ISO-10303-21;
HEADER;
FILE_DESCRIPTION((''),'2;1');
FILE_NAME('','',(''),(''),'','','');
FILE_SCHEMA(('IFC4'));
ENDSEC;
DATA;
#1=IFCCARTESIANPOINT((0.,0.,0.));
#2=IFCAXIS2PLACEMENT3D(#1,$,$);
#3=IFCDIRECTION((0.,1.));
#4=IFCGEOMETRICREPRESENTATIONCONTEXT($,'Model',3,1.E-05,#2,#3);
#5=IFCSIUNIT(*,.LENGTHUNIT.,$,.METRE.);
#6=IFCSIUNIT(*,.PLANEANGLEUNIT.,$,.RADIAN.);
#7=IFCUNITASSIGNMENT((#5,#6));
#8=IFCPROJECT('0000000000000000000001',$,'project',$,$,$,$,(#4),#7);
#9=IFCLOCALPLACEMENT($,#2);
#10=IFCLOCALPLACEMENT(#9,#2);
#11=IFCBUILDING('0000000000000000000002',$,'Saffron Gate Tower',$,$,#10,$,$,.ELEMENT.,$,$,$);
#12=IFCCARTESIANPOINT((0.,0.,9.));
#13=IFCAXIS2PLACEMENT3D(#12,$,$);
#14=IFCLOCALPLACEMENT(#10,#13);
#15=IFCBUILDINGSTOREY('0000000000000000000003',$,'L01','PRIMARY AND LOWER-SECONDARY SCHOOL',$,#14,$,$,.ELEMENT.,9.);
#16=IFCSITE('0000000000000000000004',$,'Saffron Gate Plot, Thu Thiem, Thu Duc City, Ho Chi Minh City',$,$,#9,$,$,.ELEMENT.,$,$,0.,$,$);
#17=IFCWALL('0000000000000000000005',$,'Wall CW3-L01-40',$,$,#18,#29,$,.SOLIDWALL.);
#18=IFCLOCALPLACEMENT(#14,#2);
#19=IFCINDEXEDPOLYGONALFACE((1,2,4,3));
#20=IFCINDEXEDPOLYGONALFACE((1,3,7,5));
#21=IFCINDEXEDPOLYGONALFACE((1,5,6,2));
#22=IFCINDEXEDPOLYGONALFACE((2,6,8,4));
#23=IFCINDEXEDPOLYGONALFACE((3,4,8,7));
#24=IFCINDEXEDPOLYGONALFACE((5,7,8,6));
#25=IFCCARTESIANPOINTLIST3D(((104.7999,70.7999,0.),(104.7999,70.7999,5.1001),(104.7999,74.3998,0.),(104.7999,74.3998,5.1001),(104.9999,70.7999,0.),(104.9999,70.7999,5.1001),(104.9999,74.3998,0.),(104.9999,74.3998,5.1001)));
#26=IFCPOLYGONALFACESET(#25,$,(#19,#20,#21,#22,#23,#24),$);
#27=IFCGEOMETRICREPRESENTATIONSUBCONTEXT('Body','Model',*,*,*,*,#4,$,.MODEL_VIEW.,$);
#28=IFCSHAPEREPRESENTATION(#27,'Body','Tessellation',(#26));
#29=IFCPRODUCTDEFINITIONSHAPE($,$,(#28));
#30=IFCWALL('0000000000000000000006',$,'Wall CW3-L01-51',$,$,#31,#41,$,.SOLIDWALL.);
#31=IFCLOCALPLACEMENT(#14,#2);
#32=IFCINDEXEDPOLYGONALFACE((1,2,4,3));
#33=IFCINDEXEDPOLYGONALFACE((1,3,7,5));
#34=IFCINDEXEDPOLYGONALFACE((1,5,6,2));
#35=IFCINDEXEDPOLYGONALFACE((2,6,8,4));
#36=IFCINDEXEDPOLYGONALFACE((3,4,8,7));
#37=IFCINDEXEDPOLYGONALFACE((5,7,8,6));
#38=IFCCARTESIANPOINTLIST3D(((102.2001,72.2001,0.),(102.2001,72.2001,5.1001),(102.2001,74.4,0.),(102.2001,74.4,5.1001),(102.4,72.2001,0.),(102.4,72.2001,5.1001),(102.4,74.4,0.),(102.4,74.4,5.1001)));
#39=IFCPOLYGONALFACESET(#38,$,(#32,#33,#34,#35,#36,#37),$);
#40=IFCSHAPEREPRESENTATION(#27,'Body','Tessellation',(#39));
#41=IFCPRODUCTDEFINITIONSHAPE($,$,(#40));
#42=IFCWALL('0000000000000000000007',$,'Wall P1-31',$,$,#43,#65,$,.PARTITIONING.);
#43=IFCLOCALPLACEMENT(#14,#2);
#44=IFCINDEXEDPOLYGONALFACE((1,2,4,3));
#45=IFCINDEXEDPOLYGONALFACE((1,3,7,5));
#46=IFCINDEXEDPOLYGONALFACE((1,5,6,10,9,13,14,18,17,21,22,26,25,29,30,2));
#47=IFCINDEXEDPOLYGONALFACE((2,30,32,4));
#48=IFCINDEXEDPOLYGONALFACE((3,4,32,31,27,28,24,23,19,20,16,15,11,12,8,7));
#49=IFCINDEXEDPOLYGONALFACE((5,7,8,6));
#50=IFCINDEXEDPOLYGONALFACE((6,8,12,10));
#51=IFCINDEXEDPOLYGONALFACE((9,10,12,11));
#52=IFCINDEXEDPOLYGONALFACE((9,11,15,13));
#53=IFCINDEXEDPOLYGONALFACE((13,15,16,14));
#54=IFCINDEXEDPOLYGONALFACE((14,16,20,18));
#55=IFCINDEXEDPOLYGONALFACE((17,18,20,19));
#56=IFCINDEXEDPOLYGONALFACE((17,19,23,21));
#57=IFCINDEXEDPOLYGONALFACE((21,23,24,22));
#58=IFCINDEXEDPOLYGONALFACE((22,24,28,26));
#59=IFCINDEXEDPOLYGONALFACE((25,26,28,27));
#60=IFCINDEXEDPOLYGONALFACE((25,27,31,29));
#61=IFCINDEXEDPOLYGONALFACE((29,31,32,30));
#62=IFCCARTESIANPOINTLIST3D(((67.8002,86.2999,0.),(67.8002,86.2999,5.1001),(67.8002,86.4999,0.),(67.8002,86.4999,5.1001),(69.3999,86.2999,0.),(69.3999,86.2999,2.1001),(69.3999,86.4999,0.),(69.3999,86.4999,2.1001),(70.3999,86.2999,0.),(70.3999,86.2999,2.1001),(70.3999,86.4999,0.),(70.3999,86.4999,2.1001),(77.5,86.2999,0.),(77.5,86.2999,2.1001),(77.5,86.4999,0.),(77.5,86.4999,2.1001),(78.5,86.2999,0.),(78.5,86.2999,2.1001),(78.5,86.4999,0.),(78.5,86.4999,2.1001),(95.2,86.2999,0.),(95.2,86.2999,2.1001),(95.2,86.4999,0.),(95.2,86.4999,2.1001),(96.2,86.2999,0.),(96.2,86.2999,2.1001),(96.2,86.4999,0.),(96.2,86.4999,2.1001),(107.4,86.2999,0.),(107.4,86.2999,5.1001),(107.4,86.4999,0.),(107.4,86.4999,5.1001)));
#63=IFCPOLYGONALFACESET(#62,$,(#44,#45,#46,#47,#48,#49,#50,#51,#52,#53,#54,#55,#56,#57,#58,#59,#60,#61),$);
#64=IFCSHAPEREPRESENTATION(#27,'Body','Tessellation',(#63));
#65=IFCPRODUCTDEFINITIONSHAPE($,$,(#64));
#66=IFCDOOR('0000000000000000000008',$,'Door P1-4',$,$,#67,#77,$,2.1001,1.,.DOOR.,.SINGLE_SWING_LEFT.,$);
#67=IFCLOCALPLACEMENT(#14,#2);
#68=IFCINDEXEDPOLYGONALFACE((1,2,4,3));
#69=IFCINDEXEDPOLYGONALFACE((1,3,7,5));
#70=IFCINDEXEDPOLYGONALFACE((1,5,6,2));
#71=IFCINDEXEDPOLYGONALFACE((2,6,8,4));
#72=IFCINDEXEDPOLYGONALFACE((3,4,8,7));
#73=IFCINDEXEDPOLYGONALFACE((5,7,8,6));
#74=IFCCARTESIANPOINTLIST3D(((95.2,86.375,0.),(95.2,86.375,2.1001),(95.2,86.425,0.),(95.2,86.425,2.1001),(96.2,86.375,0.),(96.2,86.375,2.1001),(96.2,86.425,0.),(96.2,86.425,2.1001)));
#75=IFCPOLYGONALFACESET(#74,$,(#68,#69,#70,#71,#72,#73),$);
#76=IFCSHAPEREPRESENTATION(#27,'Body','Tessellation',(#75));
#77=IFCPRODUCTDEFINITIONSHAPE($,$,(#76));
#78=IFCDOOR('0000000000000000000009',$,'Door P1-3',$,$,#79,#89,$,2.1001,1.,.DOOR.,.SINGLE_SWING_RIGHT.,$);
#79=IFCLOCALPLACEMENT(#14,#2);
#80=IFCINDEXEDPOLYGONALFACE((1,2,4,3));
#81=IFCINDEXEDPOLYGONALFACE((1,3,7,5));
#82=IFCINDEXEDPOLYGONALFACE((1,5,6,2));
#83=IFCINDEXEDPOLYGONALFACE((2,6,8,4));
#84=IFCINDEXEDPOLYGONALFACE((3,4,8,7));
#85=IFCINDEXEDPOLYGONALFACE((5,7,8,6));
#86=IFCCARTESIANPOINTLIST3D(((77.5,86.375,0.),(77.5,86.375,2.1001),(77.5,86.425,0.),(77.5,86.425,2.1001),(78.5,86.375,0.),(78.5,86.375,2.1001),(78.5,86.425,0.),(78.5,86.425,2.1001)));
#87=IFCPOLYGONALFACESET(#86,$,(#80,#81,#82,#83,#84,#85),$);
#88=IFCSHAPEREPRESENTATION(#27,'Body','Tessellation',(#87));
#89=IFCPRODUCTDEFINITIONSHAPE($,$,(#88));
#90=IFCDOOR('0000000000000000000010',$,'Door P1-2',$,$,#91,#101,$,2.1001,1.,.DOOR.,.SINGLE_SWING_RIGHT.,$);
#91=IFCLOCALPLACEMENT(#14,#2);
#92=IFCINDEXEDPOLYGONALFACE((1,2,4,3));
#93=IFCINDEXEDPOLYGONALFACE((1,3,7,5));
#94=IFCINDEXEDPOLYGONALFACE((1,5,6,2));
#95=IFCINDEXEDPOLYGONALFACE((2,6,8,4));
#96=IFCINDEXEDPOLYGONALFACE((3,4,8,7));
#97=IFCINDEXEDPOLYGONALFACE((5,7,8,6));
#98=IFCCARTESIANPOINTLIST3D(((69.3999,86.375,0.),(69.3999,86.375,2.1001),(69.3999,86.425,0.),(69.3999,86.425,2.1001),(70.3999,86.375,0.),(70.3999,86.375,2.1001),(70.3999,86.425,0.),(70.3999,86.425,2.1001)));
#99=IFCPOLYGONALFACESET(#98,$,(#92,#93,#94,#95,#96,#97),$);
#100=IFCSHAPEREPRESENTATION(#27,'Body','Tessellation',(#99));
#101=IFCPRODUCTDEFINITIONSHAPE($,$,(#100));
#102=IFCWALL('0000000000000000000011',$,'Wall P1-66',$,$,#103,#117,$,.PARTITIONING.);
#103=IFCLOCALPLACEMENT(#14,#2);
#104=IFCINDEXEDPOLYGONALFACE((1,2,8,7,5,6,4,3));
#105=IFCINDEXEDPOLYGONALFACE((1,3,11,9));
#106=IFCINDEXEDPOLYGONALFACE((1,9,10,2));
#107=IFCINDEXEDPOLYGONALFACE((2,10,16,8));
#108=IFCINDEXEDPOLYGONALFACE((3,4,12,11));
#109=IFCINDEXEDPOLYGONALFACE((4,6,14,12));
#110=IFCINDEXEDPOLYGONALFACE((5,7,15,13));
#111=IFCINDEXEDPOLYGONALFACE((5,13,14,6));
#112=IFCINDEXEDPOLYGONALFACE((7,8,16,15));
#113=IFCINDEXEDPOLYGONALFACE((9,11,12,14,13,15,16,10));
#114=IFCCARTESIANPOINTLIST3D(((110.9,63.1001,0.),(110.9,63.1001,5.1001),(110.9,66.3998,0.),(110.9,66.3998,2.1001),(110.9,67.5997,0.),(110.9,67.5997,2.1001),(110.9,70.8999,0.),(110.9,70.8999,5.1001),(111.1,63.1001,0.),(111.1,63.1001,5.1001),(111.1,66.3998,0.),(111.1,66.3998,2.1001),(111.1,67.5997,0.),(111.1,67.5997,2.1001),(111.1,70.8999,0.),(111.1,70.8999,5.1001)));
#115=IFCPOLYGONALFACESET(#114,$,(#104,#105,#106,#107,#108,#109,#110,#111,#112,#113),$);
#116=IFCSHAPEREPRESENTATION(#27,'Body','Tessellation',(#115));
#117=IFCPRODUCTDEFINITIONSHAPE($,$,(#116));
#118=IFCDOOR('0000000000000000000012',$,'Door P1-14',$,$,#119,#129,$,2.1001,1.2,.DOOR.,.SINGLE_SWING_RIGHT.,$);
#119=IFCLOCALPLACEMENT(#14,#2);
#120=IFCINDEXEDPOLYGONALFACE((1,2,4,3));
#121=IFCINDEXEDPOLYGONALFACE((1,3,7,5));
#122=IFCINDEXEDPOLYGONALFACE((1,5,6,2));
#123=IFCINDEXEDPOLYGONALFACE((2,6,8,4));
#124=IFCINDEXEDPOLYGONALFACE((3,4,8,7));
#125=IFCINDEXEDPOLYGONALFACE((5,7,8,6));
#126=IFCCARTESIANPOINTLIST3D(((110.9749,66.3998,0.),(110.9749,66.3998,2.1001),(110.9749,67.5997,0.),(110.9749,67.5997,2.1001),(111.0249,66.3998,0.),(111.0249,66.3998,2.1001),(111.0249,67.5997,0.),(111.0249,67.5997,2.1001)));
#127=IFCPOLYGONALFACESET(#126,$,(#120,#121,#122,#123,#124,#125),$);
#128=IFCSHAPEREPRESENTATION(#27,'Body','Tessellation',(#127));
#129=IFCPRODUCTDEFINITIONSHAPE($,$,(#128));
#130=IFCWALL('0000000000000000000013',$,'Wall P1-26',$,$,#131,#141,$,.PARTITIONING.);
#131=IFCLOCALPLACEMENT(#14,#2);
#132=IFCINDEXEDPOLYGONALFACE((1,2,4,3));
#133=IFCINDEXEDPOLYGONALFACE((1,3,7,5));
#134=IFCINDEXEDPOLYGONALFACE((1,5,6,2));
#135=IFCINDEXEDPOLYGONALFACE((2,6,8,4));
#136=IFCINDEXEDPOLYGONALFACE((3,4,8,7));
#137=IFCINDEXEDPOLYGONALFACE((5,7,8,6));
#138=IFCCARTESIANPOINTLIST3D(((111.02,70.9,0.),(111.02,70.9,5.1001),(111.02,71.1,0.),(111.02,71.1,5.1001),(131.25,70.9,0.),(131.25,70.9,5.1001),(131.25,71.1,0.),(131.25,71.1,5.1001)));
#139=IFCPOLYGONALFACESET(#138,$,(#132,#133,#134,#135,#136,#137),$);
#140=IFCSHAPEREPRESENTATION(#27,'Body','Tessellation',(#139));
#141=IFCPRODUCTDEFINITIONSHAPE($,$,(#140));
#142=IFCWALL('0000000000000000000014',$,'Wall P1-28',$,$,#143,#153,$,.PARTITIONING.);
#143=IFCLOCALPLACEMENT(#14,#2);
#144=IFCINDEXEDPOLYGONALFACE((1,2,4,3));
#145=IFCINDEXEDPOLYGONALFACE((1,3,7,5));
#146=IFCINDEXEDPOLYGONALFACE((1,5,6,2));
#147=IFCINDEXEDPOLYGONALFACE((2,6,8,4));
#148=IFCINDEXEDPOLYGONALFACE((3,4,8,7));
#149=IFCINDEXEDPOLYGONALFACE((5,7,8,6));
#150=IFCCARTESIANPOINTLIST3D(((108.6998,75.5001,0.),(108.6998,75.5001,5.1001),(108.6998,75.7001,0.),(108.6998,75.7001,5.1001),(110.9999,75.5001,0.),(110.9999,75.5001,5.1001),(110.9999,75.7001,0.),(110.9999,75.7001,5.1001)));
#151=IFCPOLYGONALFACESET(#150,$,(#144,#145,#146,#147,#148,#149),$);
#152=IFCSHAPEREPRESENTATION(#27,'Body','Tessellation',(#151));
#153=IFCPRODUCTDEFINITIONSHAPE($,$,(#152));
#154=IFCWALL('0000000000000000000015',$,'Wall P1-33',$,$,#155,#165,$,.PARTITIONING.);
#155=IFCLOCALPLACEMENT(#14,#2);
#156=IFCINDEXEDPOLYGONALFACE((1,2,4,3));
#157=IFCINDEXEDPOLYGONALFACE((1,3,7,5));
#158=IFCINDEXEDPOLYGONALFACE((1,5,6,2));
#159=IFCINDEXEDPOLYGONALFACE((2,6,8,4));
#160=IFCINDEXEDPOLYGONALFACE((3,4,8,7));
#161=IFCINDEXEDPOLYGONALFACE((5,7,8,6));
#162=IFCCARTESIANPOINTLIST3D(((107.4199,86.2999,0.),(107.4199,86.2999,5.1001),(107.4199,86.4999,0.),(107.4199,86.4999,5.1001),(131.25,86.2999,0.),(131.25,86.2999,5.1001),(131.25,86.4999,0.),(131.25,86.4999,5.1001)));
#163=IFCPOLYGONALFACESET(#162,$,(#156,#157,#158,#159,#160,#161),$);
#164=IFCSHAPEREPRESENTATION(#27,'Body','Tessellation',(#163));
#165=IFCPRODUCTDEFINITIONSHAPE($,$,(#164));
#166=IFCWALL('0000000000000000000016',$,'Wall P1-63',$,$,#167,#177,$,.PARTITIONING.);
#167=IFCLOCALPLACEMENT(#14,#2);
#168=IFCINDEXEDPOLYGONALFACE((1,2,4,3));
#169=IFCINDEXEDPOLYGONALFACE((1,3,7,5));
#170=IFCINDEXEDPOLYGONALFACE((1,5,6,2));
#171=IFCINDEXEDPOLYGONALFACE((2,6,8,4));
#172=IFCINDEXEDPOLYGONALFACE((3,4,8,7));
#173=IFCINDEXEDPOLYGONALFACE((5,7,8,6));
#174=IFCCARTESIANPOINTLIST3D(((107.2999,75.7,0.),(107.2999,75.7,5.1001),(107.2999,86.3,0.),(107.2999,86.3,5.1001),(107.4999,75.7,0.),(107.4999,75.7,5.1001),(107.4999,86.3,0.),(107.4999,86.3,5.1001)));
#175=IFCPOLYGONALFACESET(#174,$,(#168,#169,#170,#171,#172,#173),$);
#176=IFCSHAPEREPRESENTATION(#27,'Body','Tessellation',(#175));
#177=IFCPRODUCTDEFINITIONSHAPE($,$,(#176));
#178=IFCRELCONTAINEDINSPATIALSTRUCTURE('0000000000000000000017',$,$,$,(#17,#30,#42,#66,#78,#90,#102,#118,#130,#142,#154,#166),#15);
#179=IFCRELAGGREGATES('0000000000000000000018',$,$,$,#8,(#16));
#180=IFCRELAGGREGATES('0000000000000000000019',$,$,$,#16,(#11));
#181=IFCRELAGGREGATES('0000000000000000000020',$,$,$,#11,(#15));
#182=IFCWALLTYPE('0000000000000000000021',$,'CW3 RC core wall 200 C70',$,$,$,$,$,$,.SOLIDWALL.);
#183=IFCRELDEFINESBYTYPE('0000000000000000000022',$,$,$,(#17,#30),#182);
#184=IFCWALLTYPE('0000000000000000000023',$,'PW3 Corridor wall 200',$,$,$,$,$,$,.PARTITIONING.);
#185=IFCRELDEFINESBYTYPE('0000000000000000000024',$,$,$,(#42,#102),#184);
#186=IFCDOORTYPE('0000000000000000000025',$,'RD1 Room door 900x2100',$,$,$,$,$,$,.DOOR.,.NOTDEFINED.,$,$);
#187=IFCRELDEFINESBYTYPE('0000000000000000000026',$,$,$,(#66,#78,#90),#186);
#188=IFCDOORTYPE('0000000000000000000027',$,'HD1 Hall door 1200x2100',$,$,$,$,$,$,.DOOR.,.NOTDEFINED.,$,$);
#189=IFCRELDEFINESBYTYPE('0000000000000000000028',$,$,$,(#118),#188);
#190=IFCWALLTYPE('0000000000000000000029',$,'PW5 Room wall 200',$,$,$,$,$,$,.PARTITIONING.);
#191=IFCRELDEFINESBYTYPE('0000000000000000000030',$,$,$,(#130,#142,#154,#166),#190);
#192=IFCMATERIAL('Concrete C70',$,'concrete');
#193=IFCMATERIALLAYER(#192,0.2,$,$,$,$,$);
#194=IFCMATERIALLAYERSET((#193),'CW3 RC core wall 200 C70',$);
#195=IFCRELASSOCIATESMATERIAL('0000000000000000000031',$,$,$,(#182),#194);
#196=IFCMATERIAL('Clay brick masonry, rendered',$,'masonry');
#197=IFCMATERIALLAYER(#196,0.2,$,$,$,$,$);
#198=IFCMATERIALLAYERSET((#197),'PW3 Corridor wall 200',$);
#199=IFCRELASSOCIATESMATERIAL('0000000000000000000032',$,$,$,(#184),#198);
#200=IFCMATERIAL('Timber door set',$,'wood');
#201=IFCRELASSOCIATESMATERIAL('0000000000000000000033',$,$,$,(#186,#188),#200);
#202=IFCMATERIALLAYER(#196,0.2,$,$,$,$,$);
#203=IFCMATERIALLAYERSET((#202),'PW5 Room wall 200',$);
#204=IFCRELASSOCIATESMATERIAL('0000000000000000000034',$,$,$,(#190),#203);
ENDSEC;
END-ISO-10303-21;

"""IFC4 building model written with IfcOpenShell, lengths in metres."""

from ifc_helpers import new_model, si_unit, direction, frame, frame_2d, origin, place, context, subcontext, project, spatial, rectangle, extrude, material, layer, layer_set, type_object, element, fill, save


model = new_model("IFC4")

# Units and contexts
model_context = context("Model", 3, precision=1e-05, world=origin(), true_north=direction((0.0, 1.0)))
body_context = subcontext(model_context, "Body", "Model", "MODEL_VIEW")
ifc_project = project(units=[si_unit("LENGTHUNIT", "METRE"), si_unit("PLANEANGLEUNIT", "RADIAN")], contexts=[model_context])

# Site, building, storey
site_placement = place(None, origin())
site = spatial("IfcSite", under=ifc_project, at=site_placement, Name="Saffron Gate Plot, Thu Thiem, Thu Duc City, Ho Chi Minh City", CompositionType="ELEMENT", RefElevation=0.0)
building_placement = place(site_placement, origin())
building = spatial("IfcBuilding", under=site, at=building_placement, Name="Saffron Gate Tower", CompositionType="ELEMENT")
storey_placement = place(building_placement, frame((0.0, 0.0, 9.0)))
storey = spatial("IfcBuildingStorey", under=building, at=storey_placement, Name="L01", Description="PRIMARY AND LOWER-SECONDARY SCHOOL", CompositionType="ELEMENT", Elevation=9.0)

# Walls
ifc_material_1 = material(Name="Concrete C70", Category="concrete")
ifc_layer_1 = layer(ifc_material_1, 0.2)
ifc_layer_set_1 = layer_set([ifc_layer_1], Name="CW3 RC core wall 200 C70")
wall_type_1 = type_object("IfcWallType", Name="CW3 RC core wall 200 C70", PredefinedType="SOLIDWALL", material=ifc_layer_set_1)
wall_1_placement = place(storey_placement, frame((104.8999, 70.8, 0.0), z_axis=(0.0, 0.0, 1.0), x_axis=(0.0, 1.0, 0.0)))
element("IfcWall", 1, at=wall_1_placement, inside=storey, type_object=wall_type_1, Name="Wall CW3-L01-40", PredefinedType="SOLIDWALL", context=body_context, shape_type="SweptSolid", body=[
    extrude(rectangle(XDim=3.5999, YDim=0.2, at=frame_2d((1.7998, 0.0))), origin(), (0.0, 0.0, 1.0), 5.1001),
])
wall_2_placement = place(storey_placement, frame((102.3, 72.2, 0.0), z_axis=(0.0, 0.0, 1.0), x_axis=(0.0, 1.0, 0.0)))
element("IfcWall", 2, at=wall_2_placement, inside=storey, type_object=wall_type_1, Name="Wall CW3-L01-51", PredefinedType="SOLIDWALL", context=body_context, shape_type="SweptSolid", body=[
    extrude(rectangle(XDim=2.2, YDim=0.2, at=frame_2d((1.1001, 0.0))), origin(), (0.0, 0.0, 1.0), 5.1001),
])

# Wall, openings, doors
ifc_material_2 = material(Name="Clay brick masonry, rendered", Category="masonry")
ifc_layer_2 = layer(ifc_material_2, 0.2)
ifc_layer_set_2 = layer_set([ifc_layer_2], Name="PW3 Corridor wall 200")
wall_type_2 = type_object("IfcWallType", Name="PW3 Corridor wall 200", PredefinedType="PARTITIONING", material=ifc_layer_set_2)
wall_3_placement = place(storey_placement, frame((107.3999, 86.3999, 0.0), z_axis=(0.0, 0.0, 1.0), x_axis=(-1.0, 0.0, 0.0)))
wall_3 = element("IfcWall", 3, at=wall_3_placement, inside=storey, type_object=wall_type_2, Name="Wall P1-31", PredefinedType="PARTITIONING", context=body_context, shape_type="SweptSolid", body=[
    extrude(rectangle(XDim=39.5999, YDim=0.2, at=frame_2d((19.7998, 0.0))), origin(), (0.0, 0.0, 1.0), 5.1001),
])
opening_1_placement = place(wall_3_placement, frame((11.2, 0.0, 0.0)))
opening_1 = element("IfcOpeningElement", 4, at=opening_1_placement, cuts=wall_3, PredefinedType="OPENING", context=body_context, shape_type="SweptSolid", body=[
    extrude(rectangle(XDim=1.0, YDim=2.1001, at=frame_2d((0.5, 1.05))), frame((0.0, 0.1099, 0.0), z_axis=(0.0, -1.0, 0.0), x_axis=(1.0, 0.0, 0.0)), (0.0, 0.0, 1.0), 0.22),
])
opening_2_placement = place(wall_3_placement, frame((28.8999, 0.0, 0.0)))
opening_2 = element("IfcOpeningElement", 5, at=opening_2_placement, cuts=wall_3, PredefinedType="OPENING", context=body_context, shape_type="SweptSolid", body=[
    extrude(rectangle(XDim=1.0, YDim=2.1001, at=frame_2d((0.5, 1.05))), frame((0.0, 0.1099, 0.0), z_axis=(0.0, -1.0, 0.0), x_axis=(1.0, 0.0, 0.0)), (0.0, 0.0, 1.0), 0.22),
])
opening_3_placement = place(wall_3_placement, frame((37.0, 0.0, 0.0)))
opening_3 = element("IfcOpeningElement", 6, at=opening_3_placement, cuts=wall_3, PredefinedType="OPENING", context=body_context, shape_type="SweptSolid", body=[
    extrude(rectangle(XDim=1.0, YDim=2.1001, at=frame_2d((0.5, 1.05))), frame((0.0, 0.1099, 0.0), z_axis=(0.0, -1.0, 0.0), x_axis=(1.0, 0.0, 0.0)), (0.0, 0.0, 1.0), 0.22),
])
ifc_material_3 = material(Name="Timber door set", Category="wood")
door_type_1 = type_object("IfcDoorType", Name="RD1 Room door 900x2100", OperationType="NOTDEFINED", PredefinedType="DOOR", material=ifc_material_3)
door_1_placement = place(opening_1_placement, origin())
door_1 = element("IfcDoor", 7, at=door_1_placement, inside=storey, type_object=door_type_1, Name="Door P1-4", OperationType="SINGLE_SWING_LEFT", OverallHeight=2.1001, OverallWidth=1.0, PredefinedType="DOOR", context=body_context, shape_type="SweptSolid", body=[
    extrude(rectangle(XDim=1.0, YDim=2.1001, at=frame_2d((0.5, 1.05))), frame((0.0, 0.0249, 0.0), z_axis=(0.0, -1.0, 0.0), x_axis=(1.0, 0.0, 0.0)), (0.0, 0.0, 1.0), 0.05),
])
fill(opening_1, door_1)
door_2_placement = place(opening_2_placement, origin())
door_2 = element("IfcDoor", 8, at=door_2_placement, inside=storey, type_object=door_type_1, Name="Door P1-3", OperationType="SINGLE_SWING_RIGHT", OverallHeight=2.1001, OverallWidth=1.0, PredefinedType="DOOR", context=body_context, shape_type="SweptSolid", body=[
    extrude(rectangle(XDim=1.0, YDim=2.1001, at=frame_2d((0.5, 1.05))), frame((0.0, 0.0249, 0.0), z_axis=(0.0, -1.0, 0.0), x_axis=(1.0, 0.0, 0.0)), (0.0, 0.0, 1.0), 0.05),
])
fill(opening_2, door_2)
door_3_placement = place(opening_3_placement, origin())
door_3 = element("IfcDoor", 9, at=door_3_placement, inside=storey, type_object=door_type_1, Name="Door P1-2", OperationType="SINGLE_SWING_RIGHT", OverallHeight=2.1001, OverallWidth=1.0, PredefinedType="DOOR", context=body_context, shape_type="SweptSolid", body=[
    extrude(rectangle(XDim=1.0, YDim=2.1001, at=frame_2d((0.5, 1.05))), frame((0.0, 0.0249, 0.0), z_axis=(0.0, -1.0, 0.0), x_axis=(1.0, 0.0, 0.0)), (0.0, 0.0, 1.0), 0.05),
])
fill(opening_3, door_3)

# Wall, opening, door
wall_4_placement = place(storey_placement, frame((111.0, 70.8999, 0.0), z_axis=(0.0, 0.0, 1.0), x_axis=(0.0, -1.0, 0.0)))
wall_4 = element("IfcWall", 10, at=wall_4_placement, inside=storey, type_object=wall_type_2, Name="Wall P1-66", PredefinedType="PARTITIONING", context=body_context, shape_type="SweptSolid", body=[
    extrude(rectangle(XDim=7.7998, YDim=0.2, at=frame_2d((3.8999, 0.0))), origin(), (0.0, 0.0, 1.0), 5.1001),
])
opening_4_placement = place(wall_4_placement, frame((3.3, 0.0, 0.0)))
opening_4 = element("IfcOpeningElement", 11, at=opening_4_placement, cuts=wall_4, PredefinedType="OPENING", context=body_context, shape_type="SweptSolid", body=[
    extrude(rectangle(XDim=1.2, YDim=2.1001, at=frame_2d((0.6001, 1.05))), frame((0.0, 0.1099, 0.0), z_axis=(0.0, -1.0, 0.0), x_axis=(1.0, 0.0, 0.0)), (0.0, 0.0, 1.0), 0.22),
])
door_type_2 = type_object("IfcDoorType", Name="HD1 Hall door 1200x2100", OperationType="NOTDEFINED", PredefinedType="DOOR", material=ifc_material_3)
door_4_placement = place(opening_4_placement, origin())
door_4 = element("IfcDoor", 12, at=door_4_placement, inside=storey, type_object=door_type_2, Name="Door P1-14", OperationType="SINGLE_SWING_RIGHT", OverallHeight=2.1001, OverallWidth=1.2, PredefinedType="DOOR", context=body_context, shape_type="SweptSolid", body=[
    extrude(rectangle(XDim=1.2, YDim=2.1001, at=frame_2d((0.6001, 1.05))), frame((0.0, 0.0249, 0.0), z_axis=(0.0, -1.0, 0.0), x_axis=(1.0, 0.0, 0.0)), (0.0, 0.0, 1.0), 0.05),
])
fill(opening_4, door_4)

# Walls
ifc_layer_3 = layer(ifc_material_2, 0.2)
ifc_layer_set_3 = layer_set([ifc_layer_3], Name="PW5 Room wall 200")
wall_type_3 = type_object("IfcWallType", Name="PW5 Room wall 200", PredefinedType="PARTITIONING", material=ifc_layer_set_3)
wall_5_placement = place(storey_placement, frame((111.02, 71.0, 0.0), z_axis=(0.0, 0.0, 1.0), x_axis=(1.0, 0.0, 0.0)))
element("IfcWall", 13, at=wall_5_placement, inside=storey, type_object=wall_type_3, Name="Wall P1-26", PredefinedType="PARTITIONING", context=body_context, shape_type="SweptSolid", body=[
    extrude(rectangle(XDim=20.23, YDim=0.2, at=frame_2d((10.115, 0.0))), origin(), (0.0, 0.0, 1.0), 5.1001),
])
wall_6_placement = place(storey_placement, frame((108.7, 75.6001, 0.0), z_axis=(0.0, 0.0, 1.0), x_axis=(1.0, 0.0, 0.0)))
element("IfcWall", 14, at=wall_6_placement, inside=storey, type_object=wall_type_3, Name="Wall P1-28", PredefinedType="PARTITIONING", context=body_context, shape_type="SweptSolid", body=[
    extrude(rectangle(XDim=2.3, YDim=0.2, at=frame_2d((1.1499, 0.0))), origin(), (0.0, 0.0, 1.0), 5.1001),
])
wall_7_placement = place(storey_placement, frame((107.4199, 86.3999, 0.0), z_axis=(0.0, 0.0, 1.0), x_axis=(1.0, 0.0, 0.0)))
element("IfcWall", 15, at=wall_7_placement, inside=storey, type_object=wall_type_3, Name="Wall P1-33", PredefinedType="PARTITIONING", context=body_context, shape_type="SweptSolid", body=[
    extrude(rectangle(XDim=23.8301, YDim=0.2, at=frame_2d((11.915, 0.0))), origin(), (0.0, 0.0, 1.0), 5.1001),
])
wall_8_placement = place(storey_placement, frame((107.3999, 86.3, 0.0), z_axis=(0.0, 0.0, 1.0), x_axis=(0.0, -1.0, 0.0)))
element("IfcWall", 16, at=wall_8_placement, inside=storey, type_object=wall_type_3, Name="Wall P1-63", PredefinedType="PARTITIONING", context=body_context, shape_type="SweptSolid", body=[
    extrude(rectangle(XDim=10.6001, YDim=0.2, at=frame_2d((5.3, 0.0))), origin(), (0.0, 0.0, 1.0), 5.1001),
])

save(model, "model.ifc")
